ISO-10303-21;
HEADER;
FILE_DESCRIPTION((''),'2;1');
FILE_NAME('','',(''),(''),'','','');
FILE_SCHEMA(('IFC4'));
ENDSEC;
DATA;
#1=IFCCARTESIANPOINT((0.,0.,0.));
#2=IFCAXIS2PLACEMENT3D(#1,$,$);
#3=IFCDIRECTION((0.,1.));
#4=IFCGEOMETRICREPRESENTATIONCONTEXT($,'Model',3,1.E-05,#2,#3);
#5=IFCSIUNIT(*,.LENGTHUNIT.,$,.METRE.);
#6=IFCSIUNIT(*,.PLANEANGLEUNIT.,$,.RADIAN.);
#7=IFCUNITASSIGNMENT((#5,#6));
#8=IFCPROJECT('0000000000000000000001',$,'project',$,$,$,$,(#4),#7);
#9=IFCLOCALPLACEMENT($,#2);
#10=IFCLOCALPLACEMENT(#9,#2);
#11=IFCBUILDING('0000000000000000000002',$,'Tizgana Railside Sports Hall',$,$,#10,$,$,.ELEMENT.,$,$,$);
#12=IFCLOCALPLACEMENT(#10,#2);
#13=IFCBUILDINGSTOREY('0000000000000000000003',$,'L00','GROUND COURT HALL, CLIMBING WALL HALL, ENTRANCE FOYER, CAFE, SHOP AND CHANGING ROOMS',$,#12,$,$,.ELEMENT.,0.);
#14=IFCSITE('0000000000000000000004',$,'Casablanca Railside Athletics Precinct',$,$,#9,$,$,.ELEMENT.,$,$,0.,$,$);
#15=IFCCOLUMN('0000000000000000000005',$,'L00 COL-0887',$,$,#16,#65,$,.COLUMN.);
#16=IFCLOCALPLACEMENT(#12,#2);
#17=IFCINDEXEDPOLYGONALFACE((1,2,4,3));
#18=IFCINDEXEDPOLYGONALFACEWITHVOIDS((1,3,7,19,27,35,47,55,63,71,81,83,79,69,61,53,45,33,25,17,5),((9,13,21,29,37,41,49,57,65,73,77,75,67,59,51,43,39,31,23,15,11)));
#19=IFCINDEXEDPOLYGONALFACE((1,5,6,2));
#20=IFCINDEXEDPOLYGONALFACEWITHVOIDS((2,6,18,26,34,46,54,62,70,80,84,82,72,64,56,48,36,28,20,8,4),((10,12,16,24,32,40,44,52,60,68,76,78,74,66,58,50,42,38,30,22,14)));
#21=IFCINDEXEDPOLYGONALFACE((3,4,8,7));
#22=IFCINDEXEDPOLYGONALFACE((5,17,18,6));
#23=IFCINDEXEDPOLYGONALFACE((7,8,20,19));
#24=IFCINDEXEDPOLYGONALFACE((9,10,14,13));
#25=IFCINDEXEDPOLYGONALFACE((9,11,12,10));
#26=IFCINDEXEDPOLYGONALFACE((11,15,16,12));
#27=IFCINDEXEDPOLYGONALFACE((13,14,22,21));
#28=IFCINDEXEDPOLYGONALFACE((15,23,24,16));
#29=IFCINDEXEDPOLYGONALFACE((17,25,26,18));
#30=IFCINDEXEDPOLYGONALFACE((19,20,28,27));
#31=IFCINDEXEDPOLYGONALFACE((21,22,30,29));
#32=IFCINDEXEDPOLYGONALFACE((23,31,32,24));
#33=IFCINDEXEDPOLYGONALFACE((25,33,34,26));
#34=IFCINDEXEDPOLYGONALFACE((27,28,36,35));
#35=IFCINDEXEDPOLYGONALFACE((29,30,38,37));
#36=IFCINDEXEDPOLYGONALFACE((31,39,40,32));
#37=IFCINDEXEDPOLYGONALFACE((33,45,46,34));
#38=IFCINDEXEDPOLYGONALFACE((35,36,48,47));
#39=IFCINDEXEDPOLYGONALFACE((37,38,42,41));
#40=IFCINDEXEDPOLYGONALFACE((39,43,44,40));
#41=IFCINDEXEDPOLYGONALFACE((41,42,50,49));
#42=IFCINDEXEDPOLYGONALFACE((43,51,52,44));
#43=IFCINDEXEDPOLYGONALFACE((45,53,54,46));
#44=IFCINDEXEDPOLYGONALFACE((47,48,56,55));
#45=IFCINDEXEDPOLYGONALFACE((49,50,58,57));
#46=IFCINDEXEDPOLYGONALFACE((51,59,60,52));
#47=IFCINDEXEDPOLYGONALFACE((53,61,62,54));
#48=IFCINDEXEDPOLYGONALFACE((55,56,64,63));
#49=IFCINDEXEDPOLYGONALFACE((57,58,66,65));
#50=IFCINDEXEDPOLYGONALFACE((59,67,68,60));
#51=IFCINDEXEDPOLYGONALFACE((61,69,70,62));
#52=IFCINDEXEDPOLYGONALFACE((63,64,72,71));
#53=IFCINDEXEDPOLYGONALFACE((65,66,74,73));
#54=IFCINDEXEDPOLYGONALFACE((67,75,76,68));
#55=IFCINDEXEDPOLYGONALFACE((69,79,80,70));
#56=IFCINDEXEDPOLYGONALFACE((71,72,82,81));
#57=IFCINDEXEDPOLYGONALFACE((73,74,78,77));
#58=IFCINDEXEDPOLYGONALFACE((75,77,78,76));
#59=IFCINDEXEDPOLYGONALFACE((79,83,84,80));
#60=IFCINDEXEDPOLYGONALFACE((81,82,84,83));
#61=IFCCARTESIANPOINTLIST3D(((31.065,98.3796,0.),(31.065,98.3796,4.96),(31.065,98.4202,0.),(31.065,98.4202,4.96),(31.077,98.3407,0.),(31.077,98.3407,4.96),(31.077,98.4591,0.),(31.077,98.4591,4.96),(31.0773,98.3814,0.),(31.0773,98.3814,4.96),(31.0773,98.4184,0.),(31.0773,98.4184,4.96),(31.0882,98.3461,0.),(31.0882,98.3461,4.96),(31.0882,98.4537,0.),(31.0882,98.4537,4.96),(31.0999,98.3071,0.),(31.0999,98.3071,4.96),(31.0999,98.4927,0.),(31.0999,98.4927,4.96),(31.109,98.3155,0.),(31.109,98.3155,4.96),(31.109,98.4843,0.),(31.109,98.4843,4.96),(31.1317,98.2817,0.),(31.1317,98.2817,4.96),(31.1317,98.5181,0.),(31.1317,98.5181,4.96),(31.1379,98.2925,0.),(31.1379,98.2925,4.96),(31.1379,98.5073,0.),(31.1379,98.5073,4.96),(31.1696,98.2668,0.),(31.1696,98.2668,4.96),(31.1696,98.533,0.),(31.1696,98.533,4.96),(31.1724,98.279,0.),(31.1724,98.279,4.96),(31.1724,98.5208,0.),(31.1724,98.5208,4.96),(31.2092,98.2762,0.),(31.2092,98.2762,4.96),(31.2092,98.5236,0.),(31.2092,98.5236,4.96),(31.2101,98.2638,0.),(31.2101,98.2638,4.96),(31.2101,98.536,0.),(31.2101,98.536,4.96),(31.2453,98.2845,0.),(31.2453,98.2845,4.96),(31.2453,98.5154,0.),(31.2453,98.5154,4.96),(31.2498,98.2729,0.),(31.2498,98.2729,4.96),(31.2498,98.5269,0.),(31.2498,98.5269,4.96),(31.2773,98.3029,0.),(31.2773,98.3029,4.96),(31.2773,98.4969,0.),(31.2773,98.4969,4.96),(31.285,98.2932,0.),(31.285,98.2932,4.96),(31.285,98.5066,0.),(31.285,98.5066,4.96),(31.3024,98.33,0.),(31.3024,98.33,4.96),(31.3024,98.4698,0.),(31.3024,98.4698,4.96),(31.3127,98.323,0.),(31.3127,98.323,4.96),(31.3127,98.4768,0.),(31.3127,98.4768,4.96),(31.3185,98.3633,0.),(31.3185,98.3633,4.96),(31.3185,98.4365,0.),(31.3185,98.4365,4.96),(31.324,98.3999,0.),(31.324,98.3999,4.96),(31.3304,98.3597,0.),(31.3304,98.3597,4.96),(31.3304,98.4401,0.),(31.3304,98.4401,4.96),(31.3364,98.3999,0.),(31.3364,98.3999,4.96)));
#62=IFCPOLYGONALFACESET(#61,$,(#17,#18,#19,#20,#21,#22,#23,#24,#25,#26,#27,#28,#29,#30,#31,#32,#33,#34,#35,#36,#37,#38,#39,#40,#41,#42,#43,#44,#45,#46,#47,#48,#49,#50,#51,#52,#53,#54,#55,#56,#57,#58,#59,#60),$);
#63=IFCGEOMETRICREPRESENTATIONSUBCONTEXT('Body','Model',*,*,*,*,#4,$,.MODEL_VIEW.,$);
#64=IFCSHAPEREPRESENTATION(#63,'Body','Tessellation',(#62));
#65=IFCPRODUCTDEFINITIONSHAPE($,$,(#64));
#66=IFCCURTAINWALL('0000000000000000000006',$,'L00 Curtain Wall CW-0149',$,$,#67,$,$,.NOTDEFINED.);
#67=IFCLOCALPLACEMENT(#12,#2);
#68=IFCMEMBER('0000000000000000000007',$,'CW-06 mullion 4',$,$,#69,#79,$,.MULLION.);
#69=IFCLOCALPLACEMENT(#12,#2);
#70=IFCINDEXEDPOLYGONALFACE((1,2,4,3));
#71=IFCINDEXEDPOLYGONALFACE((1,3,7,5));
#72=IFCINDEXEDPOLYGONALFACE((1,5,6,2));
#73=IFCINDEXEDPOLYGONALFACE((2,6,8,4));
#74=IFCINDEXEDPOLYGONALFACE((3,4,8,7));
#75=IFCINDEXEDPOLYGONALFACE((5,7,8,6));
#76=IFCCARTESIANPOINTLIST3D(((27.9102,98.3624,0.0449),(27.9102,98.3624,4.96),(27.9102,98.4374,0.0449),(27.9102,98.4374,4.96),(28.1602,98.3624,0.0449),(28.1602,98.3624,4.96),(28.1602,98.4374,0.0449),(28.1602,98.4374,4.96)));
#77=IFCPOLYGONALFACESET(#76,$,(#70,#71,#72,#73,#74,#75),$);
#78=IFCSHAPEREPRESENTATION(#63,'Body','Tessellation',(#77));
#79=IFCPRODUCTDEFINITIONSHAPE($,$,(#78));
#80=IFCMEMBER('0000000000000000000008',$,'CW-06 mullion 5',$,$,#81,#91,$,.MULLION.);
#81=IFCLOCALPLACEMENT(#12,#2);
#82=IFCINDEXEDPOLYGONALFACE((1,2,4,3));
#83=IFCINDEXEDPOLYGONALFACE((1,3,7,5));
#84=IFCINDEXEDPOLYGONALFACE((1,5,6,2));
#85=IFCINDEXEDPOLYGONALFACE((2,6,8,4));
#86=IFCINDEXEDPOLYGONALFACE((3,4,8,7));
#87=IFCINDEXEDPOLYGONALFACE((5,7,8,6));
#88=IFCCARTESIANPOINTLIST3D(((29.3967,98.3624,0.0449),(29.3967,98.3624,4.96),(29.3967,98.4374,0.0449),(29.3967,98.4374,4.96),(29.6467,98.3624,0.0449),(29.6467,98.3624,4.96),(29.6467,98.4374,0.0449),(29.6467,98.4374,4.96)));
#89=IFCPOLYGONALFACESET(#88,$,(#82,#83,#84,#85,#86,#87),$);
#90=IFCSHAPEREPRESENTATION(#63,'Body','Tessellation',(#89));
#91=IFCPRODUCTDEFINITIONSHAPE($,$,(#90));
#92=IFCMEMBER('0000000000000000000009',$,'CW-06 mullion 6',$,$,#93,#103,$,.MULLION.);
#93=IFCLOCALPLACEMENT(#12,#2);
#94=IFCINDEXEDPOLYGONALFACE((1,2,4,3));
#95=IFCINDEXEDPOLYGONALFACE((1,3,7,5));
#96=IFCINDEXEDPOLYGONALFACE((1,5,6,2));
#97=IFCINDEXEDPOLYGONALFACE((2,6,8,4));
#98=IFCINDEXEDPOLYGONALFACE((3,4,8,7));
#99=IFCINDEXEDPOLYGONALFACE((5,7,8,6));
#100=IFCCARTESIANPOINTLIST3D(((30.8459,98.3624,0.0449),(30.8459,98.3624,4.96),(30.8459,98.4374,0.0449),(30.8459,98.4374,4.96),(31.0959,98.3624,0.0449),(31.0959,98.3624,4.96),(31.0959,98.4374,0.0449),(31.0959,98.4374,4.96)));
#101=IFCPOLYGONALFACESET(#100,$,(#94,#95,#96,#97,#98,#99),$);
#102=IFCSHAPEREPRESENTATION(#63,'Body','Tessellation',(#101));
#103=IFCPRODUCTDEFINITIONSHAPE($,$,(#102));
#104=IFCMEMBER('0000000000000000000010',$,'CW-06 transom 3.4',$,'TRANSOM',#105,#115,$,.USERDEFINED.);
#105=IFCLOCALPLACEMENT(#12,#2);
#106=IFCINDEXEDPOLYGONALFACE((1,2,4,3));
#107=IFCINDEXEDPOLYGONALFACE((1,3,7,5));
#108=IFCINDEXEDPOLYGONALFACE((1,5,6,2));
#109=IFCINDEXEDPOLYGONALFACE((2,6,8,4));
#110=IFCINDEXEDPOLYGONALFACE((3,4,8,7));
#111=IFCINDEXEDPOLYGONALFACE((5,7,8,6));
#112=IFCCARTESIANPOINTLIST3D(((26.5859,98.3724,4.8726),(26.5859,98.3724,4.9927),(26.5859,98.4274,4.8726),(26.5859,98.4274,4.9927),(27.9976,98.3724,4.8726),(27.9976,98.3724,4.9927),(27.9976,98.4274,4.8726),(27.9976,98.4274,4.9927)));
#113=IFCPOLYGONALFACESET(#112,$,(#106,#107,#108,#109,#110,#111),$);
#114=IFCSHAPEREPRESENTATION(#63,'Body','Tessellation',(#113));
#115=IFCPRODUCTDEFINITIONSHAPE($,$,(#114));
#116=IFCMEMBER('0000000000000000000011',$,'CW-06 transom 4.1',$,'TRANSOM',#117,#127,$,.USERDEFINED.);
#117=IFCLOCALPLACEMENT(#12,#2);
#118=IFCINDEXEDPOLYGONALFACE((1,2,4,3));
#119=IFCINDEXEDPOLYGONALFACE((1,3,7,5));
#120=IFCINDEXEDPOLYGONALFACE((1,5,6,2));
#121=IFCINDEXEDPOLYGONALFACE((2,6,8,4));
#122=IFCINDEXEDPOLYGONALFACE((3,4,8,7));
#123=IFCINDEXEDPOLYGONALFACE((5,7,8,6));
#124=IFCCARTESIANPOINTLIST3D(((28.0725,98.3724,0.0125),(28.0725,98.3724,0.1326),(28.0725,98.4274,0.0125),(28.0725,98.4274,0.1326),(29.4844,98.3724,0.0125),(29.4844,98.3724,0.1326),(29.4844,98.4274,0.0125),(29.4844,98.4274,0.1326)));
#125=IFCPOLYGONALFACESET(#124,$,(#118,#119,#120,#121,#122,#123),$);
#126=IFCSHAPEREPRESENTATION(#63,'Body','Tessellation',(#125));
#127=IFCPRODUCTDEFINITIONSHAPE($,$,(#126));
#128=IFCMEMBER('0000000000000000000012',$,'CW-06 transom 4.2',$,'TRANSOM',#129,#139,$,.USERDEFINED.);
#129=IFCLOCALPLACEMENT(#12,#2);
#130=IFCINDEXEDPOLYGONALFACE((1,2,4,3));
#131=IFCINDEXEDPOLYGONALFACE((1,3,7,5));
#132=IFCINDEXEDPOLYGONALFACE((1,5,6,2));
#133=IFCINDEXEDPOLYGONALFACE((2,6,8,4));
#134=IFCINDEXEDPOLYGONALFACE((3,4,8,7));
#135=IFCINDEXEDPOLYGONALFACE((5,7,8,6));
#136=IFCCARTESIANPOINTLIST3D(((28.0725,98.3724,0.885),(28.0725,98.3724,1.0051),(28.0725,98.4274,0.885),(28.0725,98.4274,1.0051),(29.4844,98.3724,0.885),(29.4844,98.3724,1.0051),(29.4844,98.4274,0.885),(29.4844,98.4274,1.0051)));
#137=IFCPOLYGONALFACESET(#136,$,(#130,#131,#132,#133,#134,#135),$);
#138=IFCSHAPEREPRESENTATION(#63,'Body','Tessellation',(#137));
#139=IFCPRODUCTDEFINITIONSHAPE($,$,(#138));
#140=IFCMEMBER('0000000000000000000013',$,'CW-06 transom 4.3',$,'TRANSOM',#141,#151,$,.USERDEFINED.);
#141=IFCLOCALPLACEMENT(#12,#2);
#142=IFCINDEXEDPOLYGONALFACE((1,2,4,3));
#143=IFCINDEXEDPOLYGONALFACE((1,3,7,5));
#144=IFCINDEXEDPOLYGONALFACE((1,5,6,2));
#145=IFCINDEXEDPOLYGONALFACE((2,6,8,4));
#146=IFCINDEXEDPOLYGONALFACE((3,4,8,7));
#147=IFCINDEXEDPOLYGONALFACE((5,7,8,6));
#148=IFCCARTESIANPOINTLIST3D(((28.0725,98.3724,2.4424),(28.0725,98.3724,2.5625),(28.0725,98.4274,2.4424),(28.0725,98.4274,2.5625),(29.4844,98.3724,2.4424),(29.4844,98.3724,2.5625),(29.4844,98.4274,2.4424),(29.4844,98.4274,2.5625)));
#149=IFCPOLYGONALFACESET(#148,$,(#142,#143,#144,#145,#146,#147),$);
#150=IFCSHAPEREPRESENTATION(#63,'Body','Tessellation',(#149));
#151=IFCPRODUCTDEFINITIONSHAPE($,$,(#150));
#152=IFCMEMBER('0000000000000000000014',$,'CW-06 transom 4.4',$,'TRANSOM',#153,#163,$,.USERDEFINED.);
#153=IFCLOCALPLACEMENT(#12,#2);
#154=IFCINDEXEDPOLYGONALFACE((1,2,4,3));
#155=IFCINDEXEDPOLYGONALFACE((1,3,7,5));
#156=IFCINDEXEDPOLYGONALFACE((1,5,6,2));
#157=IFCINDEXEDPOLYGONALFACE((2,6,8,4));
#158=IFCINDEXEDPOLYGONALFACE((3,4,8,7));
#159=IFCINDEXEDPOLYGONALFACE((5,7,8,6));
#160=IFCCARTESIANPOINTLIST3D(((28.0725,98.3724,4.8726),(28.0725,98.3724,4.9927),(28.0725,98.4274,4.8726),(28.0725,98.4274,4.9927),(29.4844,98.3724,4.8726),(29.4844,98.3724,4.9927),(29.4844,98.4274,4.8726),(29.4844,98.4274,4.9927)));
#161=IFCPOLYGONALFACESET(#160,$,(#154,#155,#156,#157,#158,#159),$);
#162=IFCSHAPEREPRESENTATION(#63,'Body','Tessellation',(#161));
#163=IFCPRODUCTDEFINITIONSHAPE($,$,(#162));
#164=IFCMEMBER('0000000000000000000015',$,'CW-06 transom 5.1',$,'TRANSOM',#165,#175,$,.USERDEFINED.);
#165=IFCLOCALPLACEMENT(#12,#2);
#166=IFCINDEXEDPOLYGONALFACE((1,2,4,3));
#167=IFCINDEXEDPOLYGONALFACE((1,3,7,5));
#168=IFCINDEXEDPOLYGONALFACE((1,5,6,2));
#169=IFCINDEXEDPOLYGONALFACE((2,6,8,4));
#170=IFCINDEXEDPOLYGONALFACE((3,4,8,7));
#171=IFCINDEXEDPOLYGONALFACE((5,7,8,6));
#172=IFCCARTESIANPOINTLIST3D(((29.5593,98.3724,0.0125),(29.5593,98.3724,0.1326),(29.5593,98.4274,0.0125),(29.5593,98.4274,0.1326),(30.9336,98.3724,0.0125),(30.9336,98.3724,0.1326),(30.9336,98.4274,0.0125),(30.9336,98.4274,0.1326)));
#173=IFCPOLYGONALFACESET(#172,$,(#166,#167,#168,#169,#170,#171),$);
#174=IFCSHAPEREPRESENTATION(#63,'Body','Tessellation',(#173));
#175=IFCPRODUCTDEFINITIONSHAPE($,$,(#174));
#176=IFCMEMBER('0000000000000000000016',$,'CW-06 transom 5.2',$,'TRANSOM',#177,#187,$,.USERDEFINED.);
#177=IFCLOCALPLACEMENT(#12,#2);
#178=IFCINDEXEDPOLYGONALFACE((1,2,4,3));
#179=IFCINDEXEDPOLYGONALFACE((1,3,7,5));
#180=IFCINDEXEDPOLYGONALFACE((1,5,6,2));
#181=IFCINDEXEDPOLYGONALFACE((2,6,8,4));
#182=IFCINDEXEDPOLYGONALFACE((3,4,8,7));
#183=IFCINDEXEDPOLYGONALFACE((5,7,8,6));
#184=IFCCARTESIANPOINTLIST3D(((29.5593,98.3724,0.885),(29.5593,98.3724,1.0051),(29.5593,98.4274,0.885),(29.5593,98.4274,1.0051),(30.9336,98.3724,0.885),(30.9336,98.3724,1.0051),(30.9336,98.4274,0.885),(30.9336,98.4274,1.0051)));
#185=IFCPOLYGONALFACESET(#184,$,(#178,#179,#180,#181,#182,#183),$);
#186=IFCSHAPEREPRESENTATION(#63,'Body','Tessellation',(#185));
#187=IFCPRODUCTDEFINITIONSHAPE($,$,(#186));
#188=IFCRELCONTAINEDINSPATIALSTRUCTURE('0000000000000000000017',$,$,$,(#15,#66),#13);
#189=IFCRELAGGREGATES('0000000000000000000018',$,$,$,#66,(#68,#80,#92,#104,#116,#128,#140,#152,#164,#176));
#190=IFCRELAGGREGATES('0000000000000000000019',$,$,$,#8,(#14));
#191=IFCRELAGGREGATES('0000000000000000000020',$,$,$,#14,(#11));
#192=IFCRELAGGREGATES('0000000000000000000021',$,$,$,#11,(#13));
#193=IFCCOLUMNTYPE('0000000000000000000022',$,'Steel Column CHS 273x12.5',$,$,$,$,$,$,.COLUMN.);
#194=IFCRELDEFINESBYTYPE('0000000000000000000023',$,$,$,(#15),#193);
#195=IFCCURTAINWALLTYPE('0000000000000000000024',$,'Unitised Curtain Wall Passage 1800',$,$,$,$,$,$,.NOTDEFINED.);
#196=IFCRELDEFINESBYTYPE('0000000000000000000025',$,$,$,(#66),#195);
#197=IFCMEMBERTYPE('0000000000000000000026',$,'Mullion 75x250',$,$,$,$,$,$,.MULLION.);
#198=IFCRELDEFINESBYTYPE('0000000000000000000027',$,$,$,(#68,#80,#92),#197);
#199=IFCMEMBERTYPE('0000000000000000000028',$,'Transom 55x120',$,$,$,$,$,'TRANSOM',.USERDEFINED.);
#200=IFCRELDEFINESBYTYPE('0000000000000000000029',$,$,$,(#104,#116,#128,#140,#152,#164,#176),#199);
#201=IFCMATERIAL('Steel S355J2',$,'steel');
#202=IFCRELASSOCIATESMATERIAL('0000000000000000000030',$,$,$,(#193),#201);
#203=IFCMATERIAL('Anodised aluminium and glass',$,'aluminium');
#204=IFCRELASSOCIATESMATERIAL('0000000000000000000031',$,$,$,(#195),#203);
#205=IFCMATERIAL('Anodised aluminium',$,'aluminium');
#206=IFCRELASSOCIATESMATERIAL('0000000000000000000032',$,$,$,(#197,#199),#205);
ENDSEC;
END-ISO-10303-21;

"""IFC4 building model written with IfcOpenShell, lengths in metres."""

from ifc_helpers import new_model, si_unit, direction, frame, origin, origin_2d, place, context, subcontext, project, spatial, rectangle, hollow_circle, extrude, material, material_profile, profile_set, type_object, element, aggregate, save


model = new_model("IFC4")

# Units and contexts
model_context = context("Model", 3, precision=1e-05, world=origin(), true_north=direction((0.0, 1.0)))
body_context = subcontext(model_context, "Body", "Model", "MODEL_VIEW")
ifc_project = project(units=[si_unit("LENGTHUNIT", "METRE"), si_unit("PLANEANGLEUNIT", "RADIAN")], contexts=[model_context])

# Site, building, storey
site_placement = place(None, origin())
site = spatial("IfcSite", under=ifc_project, at=site_placement, Name="Casablanca Railside Athletics Precinct", CompositionType="ELEMENT", RefElevation=0.0)
building_placement = place(site_placement, origin())
building = spatial("IfcBuilding", under=site, at=building_placement, Name="Tizgana Railside Sports Hall", CompositionType="ELEMENT")
storey_placement = place(building_placement, origin())
storey = spatial("IfcBuildingStorey", under=building, at=storey_placement, Name="L00", Description="GROUND COURT HALL, CLIMBING WALL HALL, ENTRANCE FOYER, CAFE, SHOP AND CHANGING ROOMS", CompositionType="ELEMENT", Elevation=0.0)

# Column
ifc_material_1 = material(Name="Steel S355J2", Category="steel")
ifc_material_profile_1 = material_profile(ifc_material_1, hollow_circle(Radius=0.1365, WallThickness=0.0125, at=origin_2d()), Name="CHS 273x12.5")
ifc_profile_set_1 = profile_set([ifc_material_profile_1], Name="Steel S355J2")
column_type = type_object("IfcColumnType", Name="Steel Column CHS 273x12.5", PredefinedType="COLUMN", material=ifc_profile_set_1)
column_placement = place(storey_placement, frame((31.2, 98.3999, 0.0), z_axis=(0.0, 0.0, 1.0), x_axis=(1.0, 0.0, 0.0)))
element("IfcColumn", 1, at=column_placement, inside=storey, type_object=column_type, Name="L00 COL-0887", PredefinedType="COLUMN", context=body_context, shape_type="SweptSolid", body=[
    extrude(hollow_circle(Radius=0.1365, WallThickness=0.0125, at=origin_2d()), origin(), (0.0, 0.0, 1.0), 4.96),
])

# Curtain wall, members
ifc_material_2 = material(Name="Anodised aluminium and glass", Category="aluminium")
curtain_wall_type = type_object("IfcCurtainWallType", Name="Unitised Curtain Wall Passage 1800", PredefinedType="NOTDEFINED", material=ifc_material_2)
curtain_wall_placement = place(storey_placement, origin())
curtain_wall = element("IfcCurtainWall", 2, at=curtain_wall_placement, inside=storey, type_object=curtain_wall_type, Name="L00 Curtain Wall CW-0149", PredefinedType="NOTDEFINED")
ifc_material_3 = material(Name="Anodised aluminium", Category="aluminium")
ifc_material_profile_2 = material_profile(ifc_material_3, rectangle(XDim=0.075, YDim=0.25, at=origin_2d()), Name="Mullion 75x250")
ifc_profile_set_2 = profile_set([ifc_material_profile_2], Name="Anodised aluminium")
member_type_1 = type_object("IfcMemberType", Name="Mullion 75x250", PredefinedType="MULLION", material=ifc_profile_set_2)
member_1_placement = place(storey_placement, frame((28.0352, 98.3999, 0.0449), z_axis=(0.0, 0.0, 1.0), x_axis=(0.0, 1.0, 0.0)))
member_1 = element("IfcMember", 3, at=member_1_placement, type_object=member_type_1, Name="CW-06 mullion 4", PredefinedType="MULLION", context=body_context, shape_type="SweptSolid", body=[
    extrude(rectangle(XDim=0.075, YDim=0.25, at=origin_2d()), origin(), (0.0, 0.0, 1.0), 4.915),
])
member_2_placement = place(storey_placement, frame((29.5217, 98.3999, 0.0449), z_axis=(0.0, 0.0, 1.0), x_axis=(0.0, 1.0, 0.0)))
member_2 = element("IfcMember", 4, at=member_2_placement, type_object=member_type_1, Name="CW-06 mullion 5", PredefinedType="MULLION", context=body_context, shape_type="SweptSolid", body=[
    extrude(rectangle(XDim=0.075, YDim=0.25, at=origin_2d()), origin(), (0.0, 0.0, 1.0), 4.915),
])
member_3_placement = place(storey_placement, frame((30.9709, 98.3999, 0.0449), z_axis=(0.0, 0.0, 1.0), x_axis=(0.0, 1.0, 0.0)))
member_3 = element("IfcMember", 5, at=member_3_placement, type_object=member_type_1, Name="CW-06 mullion 6", PredefinedType="MULLION", context=body_context, shape_type="SweptSolid", body=[
    extrude(rectangle(XDim=0.075, YDim=0.25, at=origin_2d()), origin(), (0.0, 0.0, 1.0), 4.915),
])
ifc_material_profile_3 = material_profile(ifc_material_3, rectangle(XDim=0.0549, YDim=0.1201, at=origin_2d()), Name="Transom 55x120")
ifc_profile_set_3 = profile_set([ifc_material_profile_3], Name="Anodised aluminium")
member_type_2 = type_object("IfcMemberType", Name="Transom 55x120", ElementType="TRANSOM", PredefinedType="USERDEFINED", material=ifc_profile_set_3)
member_4_placement = place(storey_placement, frame((26.5859, 98.3999, 4.9326), z_axis=(1.0, 0.0, 0.0), x_axis=(0.0, 1.0, 0.0)))
member_4 = element("IfcMember", 6, at=member_4_placement, type_object=member_type_2, Name="CW-06 transom 3.4", ObjectType="TRANSOM", PredefinedType="USERDEFINED", context=body_context, shape_type="SweptSolid", body=[
    extrude(rectangle(XDim=0.0549, YDim=0.1201, at=origin_2d()), origin(), (0.0, 0.0, 1.0), 1.4116),
])
member_5_placement = place(storey_placement, frame((28.0725, 98.3999, 0.0725), z_axis=(1.0, 0.0, 0.0), x_axis=(0.0, 1.0, 0.0)))
member_5 = element("IfcMember", 7, at=member_5_placement, type_object=member_type_2, Name="CW-06 transom 4.1", ObjectType="TRANSOM", PredefinedType="USERDEFINED", context=body_context, shape_type="SweptSolid", body=[
    extrude(rectangle(XDim=0.0549, YDim=0.1201, at=origin_2d()), origin(), (0.0, 0.0, 1.0), 1.4119),
])
member_6_placement = place(storey_placement, frame((28.0725, 98.3999, 0.9451), z_axis=(1.0, 0.0, 0.0), x_axis=(0.0, 1.0, 0.0)))
member_6 = element("IfcMember", 8, at=member_6_placement, type_object=member_type_2, Name="CW-06 transom 4.2", ObjectType="TRANSOM", PredefinedType="USERDEFINED", context=body_context, shape_type="SweptSolid", body=[
    extrude(rectangle(XDim=0.0549, YDim=0.1201, at=origin_2d()), origin(), (0.0, 0.0, 1.0), 1.4119),
])
member_7_placement = place(storey_placement, frame((28.0725, 98.3999, 2.5024), z_axis=(1.0, 0.0, 0.0), x_axis=(0.0, 1.0, 0.0)))
member_7 = element("IfcMember", 9, at=member_7_placement, type_object=member_type_2, Name="CW-06 transom 4.3", ObjectType="TRANSOM", PredefinedType="USERDEFINED", context=body_context, shape_type="SweptSolid", body=[
    extrude(rectangle(XDim=0.0549, YDim=0.1201, at=origin_2d()), origin(), (0.0, 0.0, 1.0), 1.4119),
])
member_8_placement = place(storey_placement, frame((28.0725, 98.3999, 4.9326), z_axis=(1.0, 0.0, 0.0), x_axis=(0.0, 1.0, 0.0)))
member_8 = element("IfcMember", 10, at=member_8_placement, type_object=member_type_2, Name="CW-06 transom 4.4", ObjectType="TRANSOM", PredefinedType="USERDEFINED", context=body_context, shape_type="SweptSolid", body=[
    extrude(rectangle(XDim=0.0549, YDim=0.1201, at=origin_2d()), origin(), (0.0, 0.0, 1.0), 1.4119),
])
member_9_placement = place(storey_placement, frame((29.5593, 98.3999, 0.0725), z_axis=(1.0, 0.0, 0.0), x_axis=(0.0, 1.0, 0.0)))
member_9 = element("IfcMember", 11, at=member_9_placement, type_object=member_type_2, Name="CW-06 transom 5.1", ObjectType="TRANSOM", PredefinedType="USERDEFINED", context=body_context, shape_type="SweptSolid", body=[
    extrude(rectangle(XDim=0.0549, YDim=0.1201, at=origin_2d()), origin(), (0.0, 0.0, 1.0), 1.3743),
])
member_10_placement = place(storey_placement, frame((29.5593, 98.3999, 0.9451), z_axis=(1.0, 0.0, 0.0), x_axis=(0.0, 1.0, 0.0)))
member_10 = element("IfcMember", 12, at=member_10_placement, type_object=member_type_2, Name="CW-06 transom 5.2", ObjectType="TRANSOM", PredefinedType="USERDEFINED", context=body_context, shape_type="SweptSolid", body=[
    extrude(rectangle(XDim=0.0549, YDim=0.1201, at=origin_2d()), origin(), (0.0, 0.0, 1.0), 1.3743),
])
aggregate(curtain_wall, [member_1, member_2, member_3, member_4, member_5, member_6, member_7, member_8, member_9, member_10])

save(model, "model.ifc")
